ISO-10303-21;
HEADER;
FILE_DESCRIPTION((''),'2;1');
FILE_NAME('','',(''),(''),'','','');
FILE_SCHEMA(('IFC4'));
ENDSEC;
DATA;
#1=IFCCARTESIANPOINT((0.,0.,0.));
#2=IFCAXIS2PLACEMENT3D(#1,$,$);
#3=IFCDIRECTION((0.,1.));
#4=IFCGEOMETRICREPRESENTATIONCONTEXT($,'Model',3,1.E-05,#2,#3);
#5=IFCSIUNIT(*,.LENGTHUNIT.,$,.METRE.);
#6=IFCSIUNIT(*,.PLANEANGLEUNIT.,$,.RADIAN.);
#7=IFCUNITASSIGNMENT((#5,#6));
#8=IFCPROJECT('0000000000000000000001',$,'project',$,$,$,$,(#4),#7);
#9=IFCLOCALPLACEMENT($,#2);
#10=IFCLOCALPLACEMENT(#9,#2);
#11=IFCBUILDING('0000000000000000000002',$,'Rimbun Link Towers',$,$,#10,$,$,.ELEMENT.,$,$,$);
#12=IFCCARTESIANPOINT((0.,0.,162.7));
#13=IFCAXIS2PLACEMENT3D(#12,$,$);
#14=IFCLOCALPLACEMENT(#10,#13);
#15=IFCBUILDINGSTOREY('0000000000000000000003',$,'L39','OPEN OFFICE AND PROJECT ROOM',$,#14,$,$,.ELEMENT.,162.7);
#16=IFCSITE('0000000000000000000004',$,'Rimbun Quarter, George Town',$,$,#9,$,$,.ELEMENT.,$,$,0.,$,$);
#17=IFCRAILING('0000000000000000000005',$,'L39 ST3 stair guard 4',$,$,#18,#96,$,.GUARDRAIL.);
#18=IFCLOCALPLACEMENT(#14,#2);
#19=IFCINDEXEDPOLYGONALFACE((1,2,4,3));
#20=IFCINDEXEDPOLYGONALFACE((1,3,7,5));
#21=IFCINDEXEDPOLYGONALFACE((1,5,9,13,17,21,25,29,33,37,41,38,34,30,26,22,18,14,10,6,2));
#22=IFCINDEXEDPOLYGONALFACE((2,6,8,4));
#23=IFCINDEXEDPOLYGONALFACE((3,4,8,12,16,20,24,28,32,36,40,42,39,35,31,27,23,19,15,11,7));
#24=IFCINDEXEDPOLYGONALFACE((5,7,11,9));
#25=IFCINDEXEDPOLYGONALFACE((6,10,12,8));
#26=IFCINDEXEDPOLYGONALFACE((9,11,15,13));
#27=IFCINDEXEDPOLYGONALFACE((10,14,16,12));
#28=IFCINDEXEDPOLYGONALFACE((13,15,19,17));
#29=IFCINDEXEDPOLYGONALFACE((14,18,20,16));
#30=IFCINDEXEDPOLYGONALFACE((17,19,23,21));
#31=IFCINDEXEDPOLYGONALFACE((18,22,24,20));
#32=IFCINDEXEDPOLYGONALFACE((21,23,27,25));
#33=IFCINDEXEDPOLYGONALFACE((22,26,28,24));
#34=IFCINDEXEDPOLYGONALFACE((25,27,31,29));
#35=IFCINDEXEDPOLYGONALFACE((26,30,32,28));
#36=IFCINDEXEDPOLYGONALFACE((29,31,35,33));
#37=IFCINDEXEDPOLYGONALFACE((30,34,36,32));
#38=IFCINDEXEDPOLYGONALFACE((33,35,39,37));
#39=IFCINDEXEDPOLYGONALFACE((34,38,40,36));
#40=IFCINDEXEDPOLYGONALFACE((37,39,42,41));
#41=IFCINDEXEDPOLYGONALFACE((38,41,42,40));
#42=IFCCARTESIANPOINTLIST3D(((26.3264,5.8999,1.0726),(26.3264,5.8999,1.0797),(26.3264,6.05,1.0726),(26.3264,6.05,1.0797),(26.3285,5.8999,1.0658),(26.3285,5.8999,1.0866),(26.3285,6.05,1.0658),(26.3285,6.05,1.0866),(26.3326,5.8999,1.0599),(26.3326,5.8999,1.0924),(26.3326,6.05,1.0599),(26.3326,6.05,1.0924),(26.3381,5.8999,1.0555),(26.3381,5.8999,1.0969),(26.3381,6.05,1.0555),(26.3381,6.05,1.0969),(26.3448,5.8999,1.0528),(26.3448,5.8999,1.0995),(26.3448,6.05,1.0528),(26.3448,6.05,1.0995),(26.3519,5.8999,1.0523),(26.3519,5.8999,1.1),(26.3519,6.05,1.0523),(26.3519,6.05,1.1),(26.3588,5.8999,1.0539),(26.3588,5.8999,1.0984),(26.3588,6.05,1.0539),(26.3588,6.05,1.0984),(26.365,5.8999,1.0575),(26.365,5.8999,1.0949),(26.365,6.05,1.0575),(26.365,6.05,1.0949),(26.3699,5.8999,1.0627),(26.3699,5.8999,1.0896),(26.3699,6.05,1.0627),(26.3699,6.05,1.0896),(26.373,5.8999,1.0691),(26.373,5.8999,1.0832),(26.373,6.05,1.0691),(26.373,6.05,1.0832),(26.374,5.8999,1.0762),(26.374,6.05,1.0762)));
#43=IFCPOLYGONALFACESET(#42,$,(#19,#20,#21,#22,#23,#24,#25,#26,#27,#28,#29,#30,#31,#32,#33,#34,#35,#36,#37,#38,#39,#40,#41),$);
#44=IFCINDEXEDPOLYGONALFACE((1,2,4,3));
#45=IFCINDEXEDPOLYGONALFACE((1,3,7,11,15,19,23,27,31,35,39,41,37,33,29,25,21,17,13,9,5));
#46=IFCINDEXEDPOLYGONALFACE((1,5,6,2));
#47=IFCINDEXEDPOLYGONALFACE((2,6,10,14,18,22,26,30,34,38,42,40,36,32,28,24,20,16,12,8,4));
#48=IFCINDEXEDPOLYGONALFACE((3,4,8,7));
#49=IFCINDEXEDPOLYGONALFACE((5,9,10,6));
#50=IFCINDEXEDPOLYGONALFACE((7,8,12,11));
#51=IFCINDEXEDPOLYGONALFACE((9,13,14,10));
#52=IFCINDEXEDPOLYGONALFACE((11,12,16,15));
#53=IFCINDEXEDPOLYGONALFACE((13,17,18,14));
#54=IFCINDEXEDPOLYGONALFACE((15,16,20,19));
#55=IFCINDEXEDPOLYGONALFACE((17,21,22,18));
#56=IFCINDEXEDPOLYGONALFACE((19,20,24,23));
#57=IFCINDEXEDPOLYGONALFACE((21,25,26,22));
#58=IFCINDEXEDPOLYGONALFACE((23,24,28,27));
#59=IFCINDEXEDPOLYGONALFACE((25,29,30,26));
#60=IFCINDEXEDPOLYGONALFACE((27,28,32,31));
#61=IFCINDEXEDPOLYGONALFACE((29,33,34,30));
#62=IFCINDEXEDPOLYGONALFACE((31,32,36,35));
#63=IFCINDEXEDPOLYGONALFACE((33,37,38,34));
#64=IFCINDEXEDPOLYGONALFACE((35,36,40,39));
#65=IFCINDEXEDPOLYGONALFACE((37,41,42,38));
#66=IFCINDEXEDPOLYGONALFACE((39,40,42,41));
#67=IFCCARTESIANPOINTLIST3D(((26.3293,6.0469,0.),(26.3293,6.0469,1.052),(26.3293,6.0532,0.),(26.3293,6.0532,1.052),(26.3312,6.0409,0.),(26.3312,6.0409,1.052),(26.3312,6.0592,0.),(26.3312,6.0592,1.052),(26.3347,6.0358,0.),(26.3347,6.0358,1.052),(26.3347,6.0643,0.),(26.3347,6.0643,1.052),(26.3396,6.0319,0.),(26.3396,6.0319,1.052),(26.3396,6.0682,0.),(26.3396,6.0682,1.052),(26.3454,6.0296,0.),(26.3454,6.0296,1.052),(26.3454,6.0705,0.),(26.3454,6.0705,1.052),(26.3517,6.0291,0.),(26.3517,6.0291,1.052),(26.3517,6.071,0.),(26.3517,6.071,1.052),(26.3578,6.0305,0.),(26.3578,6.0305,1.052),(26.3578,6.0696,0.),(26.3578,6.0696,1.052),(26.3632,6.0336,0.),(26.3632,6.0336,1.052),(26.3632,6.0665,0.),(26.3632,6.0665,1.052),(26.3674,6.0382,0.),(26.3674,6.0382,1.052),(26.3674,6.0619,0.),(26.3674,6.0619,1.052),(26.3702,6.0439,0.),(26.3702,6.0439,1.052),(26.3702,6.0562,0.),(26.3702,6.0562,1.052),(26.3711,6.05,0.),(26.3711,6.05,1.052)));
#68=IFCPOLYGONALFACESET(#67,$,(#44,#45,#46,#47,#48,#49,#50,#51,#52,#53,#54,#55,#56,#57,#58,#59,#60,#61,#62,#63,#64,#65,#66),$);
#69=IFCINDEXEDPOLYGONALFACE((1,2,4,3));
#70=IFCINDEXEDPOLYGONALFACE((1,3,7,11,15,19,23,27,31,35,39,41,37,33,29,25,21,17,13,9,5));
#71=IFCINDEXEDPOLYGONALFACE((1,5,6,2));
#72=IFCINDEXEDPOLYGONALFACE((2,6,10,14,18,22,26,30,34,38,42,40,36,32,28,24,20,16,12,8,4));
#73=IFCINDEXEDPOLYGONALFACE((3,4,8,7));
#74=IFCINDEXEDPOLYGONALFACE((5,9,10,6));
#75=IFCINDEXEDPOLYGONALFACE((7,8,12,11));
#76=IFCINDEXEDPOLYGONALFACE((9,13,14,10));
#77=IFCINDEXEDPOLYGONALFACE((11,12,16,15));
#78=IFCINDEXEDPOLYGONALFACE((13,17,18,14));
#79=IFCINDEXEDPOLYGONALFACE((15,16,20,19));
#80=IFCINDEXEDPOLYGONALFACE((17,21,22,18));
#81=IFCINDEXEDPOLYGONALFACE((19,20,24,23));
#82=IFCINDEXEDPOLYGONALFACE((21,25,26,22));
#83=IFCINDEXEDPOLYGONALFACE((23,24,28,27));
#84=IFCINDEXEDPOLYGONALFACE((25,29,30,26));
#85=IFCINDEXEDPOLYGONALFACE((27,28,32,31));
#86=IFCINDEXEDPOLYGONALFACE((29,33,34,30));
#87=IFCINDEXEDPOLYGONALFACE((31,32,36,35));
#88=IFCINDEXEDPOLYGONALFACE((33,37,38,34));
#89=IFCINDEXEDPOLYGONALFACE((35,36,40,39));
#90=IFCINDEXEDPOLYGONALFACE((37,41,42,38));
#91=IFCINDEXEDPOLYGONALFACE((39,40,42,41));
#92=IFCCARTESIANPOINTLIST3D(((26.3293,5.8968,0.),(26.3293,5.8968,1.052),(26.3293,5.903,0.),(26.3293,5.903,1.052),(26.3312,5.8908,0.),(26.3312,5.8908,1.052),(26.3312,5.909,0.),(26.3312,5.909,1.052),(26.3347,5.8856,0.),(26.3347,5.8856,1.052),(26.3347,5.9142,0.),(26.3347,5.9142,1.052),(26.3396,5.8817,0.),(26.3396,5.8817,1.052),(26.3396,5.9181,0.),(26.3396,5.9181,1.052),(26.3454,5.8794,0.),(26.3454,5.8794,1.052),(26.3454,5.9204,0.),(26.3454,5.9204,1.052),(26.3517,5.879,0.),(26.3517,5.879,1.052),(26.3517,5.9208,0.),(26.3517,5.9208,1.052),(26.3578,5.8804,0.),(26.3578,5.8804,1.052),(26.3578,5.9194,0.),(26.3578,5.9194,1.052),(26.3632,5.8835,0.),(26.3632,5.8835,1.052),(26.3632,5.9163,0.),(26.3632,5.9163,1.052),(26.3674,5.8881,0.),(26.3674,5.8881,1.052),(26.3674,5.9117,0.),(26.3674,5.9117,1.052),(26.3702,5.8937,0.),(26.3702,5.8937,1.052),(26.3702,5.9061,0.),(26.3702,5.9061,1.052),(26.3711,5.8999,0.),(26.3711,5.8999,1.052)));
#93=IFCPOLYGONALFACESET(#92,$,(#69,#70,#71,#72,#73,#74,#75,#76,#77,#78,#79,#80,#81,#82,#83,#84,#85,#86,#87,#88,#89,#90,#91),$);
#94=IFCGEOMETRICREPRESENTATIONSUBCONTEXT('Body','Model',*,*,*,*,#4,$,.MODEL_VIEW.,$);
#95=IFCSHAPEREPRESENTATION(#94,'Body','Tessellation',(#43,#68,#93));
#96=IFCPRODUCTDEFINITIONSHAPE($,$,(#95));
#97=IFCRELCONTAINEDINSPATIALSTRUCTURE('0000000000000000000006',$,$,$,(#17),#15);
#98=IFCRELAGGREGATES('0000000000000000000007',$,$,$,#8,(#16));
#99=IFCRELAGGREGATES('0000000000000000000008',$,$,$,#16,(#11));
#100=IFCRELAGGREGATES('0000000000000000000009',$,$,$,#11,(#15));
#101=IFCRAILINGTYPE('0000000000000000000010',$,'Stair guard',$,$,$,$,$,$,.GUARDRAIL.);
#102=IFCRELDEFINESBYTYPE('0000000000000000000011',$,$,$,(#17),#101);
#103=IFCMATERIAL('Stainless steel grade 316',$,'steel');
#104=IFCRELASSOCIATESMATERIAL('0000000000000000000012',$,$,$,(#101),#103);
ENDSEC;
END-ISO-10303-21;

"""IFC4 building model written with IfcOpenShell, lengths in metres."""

from ifc_helpers import new_model, si_unit, direction, frame, origin, origin_2d, place, context, subcontext, project, spatial, circle, extrude, material, type_object, element, save


model = new_model("IFC4")

# Units and contexts
model_context = context("Model", 3, precision=1e-05, world=origin(), true_north=direction((0.0, 1.0)))
body_context = subcontext(model_context, "Body", "Model", "MODEL_VIEW")
ifc_project = project(units=[si_unit("LENGTHUNIT", "METRE"), si_unit("PLANEANGLEUNIT", "RADIAN")], contexts=[model_context])

# Site, building, storey
site_placement = place(None, origin())
site = spatial("IfcSite", under=ifc_project, at=site_placement, Name="Rimbun Quarter, George Town", CompositionType="ELEMENT", RefElevation=0.0)
building_placement = place(site_placement, origin())
building = spatial("IfcBuilding", under=site, at=building_placement, Name="Rimbun Link Towers", CompositionType="ELEMENT")
storey_placement = place(building_placement, frame((0.0, 0.0, 162.7)))
storey = spatial("IfcBuildingStorey", under=building, at=storey_placement, Name="L39", Description="OPEN OFFICE AND PROJECT ROOM", CompositionType="ELEMENT", Elevation=162.7)

# Railing
ifc_material_1 = material(Name="Stainless steel grade 316", Category="steel")
railing_type_1 = type_object("IfcRailingType", Name="Stair guard", PredefinedType="GUARDRAIL", material=ifc_material_1)
railing_1_placement = place(storey_placement, frame((26.3501, 6.05, 0.0)))
element("IfcRailing", 1, at=railing_1_placement, inside=storey, type_object=railing_type_1, Name="L39 ST3 stair guard 4", PredefinedType="GUARDRAIL", context=body_context, shape_type="SweptSolid", body=[
    extrude(circle(Radius=0.0239, at=origin_2d()), frame((0.0, 0.0, 1.0762), z_axis=(0.0, -1.0, 0.0), x_axis=(1.0, 0.0, 0.0)), (0.0, 0.0, 1.0), 0.1501),
    extrude(circle(Radius=0.021, at=origin_2d()), origin(), (0.0, 0.0, 1.0), 1.052),
    extrude(circle(Radius=0.021, at=origin_2d()), frame((0.0, -0.1501, 0.0)), (0.0, 0.0, 1.0), 1.052),
])

save(model, "model.ifc")
